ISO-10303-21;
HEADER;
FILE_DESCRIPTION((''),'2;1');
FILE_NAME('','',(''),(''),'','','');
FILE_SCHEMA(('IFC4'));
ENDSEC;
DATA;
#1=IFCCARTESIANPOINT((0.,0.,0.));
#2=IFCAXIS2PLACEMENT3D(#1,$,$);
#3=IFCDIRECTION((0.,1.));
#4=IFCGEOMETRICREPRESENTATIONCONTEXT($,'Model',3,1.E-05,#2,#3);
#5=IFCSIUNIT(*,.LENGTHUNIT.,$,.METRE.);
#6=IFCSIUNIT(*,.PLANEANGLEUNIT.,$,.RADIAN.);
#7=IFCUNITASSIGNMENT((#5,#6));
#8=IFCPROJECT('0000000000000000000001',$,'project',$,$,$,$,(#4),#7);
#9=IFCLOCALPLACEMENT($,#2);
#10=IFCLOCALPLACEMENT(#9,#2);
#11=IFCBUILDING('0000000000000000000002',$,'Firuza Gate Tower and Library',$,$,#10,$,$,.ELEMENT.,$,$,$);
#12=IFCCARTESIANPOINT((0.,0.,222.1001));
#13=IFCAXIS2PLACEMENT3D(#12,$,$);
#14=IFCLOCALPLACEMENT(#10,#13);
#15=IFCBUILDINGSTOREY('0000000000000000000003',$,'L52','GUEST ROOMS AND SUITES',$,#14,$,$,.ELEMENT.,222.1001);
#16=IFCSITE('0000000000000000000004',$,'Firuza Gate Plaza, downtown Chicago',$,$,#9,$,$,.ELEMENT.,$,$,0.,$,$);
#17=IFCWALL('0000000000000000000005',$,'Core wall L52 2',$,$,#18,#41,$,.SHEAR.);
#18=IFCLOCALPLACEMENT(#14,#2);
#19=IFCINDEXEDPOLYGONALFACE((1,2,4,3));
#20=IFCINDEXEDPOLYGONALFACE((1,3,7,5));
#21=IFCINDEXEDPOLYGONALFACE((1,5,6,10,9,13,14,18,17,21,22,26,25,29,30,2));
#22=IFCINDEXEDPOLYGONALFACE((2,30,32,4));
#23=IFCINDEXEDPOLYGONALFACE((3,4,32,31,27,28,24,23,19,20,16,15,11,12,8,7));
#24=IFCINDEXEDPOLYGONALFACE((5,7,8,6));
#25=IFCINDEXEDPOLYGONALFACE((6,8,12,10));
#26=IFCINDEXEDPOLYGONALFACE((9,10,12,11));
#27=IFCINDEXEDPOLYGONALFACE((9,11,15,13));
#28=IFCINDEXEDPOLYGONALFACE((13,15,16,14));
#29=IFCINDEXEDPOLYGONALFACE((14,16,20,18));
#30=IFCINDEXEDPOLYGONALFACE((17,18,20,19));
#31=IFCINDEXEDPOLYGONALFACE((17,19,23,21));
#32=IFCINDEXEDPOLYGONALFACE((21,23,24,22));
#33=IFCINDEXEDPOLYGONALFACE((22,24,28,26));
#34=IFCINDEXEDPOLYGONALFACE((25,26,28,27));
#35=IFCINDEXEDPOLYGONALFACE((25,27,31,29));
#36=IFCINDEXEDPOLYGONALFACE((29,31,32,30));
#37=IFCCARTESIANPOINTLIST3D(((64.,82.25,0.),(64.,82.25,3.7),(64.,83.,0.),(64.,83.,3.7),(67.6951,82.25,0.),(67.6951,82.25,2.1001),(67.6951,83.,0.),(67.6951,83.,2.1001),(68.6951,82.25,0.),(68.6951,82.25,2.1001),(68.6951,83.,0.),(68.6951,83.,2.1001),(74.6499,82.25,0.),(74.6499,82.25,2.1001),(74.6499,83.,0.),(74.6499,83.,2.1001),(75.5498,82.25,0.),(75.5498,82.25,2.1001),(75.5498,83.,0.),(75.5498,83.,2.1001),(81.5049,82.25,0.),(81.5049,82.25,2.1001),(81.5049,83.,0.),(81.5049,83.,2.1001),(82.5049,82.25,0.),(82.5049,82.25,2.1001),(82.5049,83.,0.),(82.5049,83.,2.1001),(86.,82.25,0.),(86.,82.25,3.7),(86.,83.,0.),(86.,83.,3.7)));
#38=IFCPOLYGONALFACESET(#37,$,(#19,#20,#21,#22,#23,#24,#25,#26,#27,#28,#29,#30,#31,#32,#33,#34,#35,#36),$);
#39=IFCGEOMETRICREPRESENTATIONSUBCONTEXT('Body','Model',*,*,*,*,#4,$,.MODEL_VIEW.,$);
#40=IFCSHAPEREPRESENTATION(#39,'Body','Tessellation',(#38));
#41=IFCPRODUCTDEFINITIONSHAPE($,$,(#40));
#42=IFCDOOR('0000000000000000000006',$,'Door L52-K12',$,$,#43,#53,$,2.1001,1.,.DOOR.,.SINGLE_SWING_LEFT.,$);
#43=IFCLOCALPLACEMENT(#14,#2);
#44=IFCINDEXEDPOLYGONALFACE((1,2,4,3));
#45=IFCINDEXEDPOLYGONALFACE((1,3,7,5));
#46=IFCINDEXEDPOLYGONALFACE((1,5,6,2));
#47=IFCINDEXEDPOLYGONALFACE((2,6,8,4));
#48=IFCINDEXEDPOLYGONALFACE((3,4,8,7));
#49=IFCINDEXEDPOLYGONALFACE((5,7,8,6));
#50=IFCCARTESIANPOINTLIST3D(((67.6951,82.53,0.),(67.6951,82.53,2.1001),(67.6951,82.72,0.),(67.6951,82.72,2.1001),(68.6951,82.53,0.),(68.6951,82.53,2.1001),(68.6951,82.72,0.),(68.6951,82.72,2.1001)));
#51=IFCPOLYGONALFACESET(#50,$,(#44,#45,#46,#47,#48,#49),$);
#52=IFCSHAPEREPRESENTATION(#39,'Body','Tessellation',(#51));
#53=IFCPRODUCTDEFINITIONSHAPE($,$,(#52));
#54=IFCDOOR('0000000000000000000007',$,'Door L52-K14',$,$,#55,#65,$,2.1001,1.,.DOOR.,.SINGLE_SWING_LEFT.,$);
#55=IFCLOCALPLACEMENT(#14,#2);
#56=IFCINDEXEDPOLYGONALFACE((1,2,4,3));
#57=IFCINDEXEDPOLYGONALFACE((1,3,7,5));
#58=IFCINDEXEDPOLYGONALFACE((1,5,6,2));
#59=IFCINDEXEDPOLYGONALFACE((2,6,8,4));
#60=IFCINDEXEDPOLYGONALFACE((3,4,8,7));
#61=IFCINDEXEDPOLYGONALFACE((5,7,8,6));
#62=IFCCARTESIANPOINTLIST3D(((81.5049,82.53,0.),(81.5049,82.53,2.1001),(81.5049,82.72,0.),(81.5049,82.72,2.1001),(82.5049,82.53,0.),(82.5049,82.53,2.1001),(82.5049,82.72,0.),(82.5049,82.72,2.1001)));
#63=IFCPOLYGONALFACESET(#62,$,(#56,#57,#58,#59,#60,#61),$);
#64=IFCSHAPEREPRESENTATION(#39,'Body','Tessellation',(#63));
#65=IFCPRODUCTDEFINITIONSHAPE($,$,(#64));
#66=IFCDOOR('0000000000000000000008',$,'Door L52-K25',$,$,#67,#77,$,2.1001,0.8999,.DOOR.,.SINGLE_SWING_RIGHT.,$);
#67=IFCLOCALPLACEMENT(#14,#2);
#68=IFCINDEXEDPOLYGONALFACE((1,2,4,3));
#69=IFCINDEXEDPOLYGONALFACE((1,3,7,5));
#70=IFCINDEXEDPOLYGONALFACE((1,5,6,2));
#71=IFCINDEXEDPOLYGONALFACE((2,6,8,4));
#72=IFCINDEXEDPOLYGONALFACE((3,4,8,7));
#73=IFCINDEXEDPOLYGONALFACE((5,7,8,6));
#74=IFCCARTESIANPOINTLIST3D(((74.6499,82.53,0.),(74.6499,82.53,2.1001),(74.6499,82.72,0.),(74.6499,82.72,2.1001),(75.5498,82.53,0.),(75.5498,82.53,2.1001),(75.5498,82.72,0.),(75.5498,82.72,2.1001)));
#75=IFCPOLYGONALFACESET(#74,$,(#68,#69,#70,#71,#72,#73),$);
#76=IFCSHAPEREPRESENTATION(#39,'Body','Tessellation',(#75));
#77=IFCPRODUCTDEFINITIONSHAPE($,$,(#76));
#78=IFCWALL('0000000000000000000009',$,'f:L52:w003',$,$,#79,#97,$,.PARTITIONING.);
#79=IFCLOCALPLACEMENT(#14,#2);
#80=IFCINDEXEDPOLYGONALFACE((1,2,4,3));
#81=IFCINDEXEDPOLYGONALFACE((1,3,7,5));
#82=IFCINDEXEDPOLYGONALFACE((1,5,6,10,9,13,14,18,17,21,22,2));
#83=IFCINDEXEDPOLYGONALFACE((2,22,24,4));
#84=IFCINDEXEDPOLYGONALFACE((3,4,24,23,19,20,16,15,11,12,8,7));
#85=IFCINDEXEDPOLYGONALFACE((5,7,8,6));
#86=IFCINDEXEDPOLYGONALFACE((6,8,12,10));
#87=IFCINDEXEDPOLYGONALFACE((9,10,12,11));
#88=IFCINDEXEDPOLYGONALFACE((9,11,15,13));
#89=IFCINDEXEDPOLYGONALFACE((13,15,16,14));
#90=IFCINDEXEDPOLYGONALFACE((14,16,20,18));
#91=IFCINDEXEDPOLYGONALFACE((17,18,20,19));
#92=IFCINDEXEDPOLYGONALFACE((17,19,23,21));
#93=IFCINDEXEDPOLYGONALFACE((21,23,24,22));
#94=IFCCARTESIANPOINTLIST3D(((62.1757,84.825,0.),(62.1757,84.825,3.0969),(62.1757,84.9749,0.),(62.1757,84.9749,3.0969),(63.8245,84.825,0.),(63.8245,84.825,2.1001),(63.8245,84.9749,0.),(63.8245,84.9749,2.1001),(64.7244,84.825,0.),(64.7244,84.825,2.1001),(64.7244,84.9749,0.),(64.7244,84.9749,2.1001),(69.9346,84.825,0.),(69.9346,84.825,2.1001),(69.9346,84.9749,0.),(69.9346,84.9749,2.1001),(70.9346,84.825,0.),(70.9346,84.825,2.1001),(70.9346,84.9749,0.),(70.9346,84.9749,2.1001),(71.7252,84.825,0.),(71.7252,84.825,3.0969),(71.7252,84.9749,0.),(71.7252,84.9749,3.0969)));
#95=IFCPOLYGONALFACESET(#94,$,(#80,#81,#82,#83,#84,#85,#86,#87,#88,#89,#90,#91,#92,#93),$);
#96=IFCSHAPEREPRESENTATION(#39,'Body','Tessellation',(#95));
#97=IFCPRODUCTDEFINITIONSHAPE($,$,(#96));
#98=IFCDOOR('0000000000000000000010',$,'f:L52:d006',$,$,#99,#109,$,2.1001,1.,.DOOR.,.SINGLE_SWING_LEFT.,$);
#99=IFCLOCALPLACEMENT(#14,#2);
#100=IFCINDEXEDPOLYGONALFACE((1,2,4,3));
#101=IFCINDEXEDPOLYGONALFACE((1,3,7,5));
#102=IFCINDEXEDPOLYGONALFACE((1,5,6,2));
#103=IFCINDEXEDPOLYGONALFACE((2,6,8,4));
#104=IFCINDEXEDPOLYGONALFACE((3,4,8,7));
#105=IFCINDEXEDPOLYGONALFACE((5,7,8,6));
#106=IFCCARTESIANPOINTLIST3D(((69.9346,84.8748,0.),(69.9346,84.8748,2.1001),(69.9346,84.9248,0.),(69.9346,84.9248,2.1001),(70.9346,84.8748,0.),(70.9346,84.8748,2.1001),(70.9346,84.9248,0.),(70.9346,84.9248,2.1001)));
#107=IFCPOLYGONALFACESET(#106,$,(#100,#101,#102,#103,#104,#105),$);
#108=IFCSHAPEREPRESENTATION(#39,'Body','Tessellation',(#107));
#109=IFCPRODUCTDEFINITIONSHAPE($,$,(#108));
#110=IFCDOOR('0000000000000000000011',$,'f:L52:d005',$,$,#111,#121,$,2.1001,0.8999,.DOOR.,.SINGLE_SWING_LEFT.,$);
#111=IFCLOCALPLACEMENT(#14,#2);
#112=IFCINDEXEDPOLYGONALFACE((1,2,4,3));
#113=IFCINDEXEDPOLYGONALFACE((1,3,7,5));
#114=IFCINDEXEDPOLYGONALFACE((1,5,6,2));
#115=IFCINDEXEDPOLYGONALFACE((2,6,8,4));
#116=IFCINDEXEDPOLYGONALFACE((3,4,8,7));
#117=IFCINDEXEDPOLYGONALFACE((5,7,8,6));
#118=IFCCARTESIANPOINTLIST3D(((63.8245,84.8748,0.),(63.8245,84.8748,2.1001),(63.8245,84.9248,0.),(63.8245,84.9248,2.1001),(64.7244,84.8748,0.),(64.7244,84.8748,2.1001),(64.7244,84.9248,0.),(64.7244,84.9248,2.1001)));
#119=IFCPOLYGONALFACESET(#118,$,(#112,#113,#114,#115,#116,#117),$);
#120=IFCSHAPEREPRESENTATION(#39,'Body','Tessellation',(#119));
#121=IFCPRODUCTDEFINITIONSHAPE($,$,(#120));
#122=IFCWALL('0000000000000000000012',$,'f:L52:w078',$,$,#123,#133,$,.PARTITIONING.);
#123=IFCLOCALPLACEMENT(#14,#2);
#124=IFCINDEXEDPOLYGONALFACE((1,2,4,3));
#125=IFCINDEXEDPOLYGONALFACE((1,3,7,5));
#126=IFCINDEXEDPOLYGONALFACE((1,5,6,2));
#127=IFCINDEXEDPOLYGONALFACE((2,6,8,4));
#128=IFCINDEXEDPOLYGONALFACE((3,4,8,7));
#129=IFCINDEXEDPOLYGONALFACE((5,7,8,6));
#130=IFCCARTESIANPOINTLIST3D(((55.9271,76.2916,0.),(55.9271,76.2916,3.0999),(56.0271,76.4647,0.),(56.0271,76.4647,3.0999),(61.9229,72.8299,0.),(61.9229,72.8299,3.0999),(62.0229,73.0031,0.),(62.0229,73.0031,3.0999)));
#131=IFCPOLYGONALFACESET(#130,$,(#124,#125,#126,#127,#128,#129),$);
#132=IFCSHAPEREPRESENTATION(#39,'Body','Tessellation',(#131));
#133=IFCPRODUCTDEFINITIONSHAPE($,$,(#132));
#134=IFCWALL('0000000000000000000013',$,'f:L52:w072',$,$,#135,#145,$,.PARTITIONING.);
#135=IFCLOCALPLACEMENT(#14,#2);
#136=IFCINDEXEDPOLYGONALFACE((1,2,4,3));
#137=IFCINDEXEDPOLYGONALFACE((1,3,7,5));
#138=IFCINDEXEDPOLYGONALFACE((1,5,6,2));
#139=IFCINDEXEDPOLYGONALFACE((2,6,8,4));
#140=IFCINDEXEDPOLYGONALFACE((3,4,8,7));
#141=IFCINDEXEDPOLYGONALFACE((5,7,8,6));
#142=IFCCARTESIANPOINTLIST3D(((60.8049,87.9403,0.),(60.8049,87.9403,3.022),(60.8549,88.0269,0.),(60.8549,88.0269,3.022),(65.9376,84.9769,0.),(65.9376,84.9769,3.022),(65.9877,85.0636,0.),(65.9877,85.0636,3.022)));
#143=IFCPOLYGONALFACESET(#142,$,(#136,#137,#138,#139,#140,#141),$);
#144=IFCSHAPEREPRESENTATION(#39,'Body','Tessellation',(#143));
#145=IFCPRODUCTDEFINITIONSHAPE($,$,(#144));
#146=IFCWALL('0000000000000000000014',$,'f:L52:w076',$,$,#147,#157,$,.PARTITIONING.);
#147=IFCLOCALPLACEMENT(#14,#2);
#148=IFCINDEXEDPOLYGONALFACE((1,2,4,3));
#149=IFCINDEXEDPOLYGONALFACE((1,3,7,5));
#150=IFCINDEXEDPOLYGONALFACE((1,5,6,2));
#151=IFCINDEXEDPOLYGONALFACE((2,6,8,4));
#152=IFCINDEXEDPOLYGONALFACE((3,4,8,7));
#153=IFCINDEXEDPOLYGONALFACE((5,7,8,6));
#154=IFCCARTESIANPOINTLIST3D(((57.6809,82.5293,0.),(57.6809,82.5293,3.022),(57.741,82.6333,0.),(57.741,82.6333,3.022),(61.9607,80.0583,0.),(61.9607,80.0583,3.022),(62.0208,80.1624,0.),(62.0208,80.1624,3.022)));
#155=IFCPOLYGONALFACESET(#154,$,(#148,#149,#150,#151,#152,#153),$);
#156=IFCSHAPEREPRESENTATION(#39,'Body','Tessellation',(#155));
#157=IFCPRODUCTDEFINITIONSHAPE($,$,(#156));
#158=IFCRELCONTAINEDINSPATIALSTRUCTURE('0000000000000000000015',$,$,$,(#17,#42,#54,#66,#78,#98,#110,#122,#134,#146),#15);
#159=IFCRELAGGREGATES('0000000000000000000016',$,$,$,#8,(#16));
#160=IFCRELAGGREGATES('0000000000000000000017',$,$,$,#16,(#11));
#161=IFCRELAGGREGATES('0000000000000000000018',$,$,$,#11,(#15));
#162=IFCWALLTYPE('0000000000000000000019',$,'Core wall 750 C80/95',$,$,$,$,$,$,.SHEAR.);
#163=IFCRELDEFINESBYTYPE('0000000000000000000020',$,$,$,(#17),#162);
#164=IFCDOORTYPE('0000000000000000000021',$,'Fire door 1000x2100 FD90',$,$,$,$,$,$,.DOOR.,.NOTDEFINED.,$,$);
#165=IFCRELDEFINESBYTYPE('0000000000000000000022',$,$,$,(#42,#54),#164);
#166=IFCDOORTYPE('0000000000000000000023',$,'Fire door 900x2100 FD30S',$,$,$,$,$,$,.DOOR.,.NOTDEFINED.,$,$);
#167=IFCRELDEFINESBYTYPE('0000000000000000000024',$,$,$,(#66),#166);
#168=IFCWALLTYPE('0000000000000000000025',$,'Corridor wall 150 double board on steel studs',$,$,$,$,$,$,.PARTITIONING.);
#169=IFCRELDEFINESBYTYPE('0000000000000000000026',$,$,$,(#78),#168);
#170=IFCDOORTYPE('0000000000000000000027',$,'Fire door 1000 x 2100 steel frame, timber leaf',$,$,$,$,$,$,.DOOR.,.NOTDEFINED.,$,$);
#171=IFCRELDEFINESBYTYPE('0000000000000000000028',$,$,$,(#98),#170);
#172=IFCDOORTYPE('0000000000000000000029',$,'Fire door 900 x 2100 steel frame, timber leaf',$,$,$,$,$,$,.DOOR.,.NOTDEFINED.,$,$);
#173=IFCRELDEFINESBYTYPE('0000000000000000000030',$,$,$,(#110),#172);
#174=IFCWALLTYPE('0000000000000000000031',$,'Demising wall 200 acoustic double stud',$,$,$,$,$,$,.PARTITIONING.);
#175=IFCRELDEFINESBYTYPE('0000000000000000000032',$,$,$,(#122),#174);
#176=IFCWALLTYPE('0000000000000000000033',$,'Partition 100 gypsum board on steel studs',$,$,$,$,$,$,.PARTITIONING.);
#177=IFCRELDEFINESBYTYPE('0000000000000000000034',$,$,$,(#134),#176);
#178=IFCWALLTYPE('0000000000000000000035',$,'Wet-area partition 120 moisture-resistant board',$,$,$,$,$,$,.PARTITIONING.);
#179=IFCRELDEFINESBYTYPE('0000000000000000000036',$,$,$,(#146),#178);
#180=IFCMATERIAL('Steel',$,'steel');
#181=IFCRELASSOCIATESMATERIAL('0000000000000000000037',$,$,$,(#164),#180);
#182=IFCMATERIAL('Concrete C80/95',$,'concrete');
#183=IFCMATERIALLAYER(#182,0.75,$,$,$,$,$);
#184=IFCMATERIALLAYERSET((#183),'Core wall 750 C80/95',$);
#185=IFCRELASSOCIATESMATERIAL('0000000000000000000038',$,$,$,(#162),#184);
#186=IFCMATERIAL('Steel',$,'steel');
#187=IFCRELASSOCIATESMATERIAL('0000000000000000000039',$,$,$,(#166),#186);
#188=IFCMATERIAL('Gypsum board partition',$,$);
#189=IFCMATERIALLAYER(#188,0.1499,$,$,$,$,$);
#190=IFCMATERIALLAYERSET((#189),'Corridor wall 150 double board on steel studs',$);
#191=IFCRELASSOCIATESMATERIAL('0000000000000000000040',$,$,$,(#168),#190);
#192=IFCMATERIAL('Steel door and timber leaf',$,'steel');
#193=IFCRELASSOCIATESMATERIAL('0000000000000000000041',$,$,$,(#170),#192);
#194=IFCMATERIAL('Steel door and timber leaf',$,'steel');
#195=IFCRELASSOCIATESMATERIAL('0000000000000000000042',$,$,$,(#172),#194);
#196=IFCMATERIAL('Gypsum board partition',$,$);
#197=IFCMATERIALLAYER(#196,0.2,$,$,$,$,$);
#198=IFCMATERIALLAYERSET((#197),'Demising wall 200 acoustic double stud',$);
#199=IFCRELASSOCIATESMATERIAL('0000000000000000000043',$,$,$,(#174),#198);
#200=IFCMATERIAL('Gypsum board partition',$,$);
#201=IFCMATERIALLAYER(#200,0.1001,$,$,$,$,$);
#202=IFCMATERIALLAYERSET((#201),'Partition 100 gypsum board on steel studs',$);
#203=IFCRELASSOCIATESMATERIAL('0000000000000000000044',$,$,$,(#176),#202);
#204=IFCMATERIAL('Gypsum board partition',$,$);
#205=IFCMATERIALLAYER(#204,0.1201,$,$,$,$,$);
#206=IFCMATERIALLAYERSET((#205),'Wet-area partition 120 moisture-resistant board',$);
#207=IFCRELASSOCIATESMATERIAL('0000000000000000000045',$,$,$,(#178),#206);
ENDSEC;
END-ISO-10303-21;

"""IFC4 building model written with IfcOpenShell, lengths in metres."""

from ifc_helpers import new_model, si_unit, direction, frame, frame_2d, origin, place, context, subcontext, project, spatial, rectangle, extrude, material, layer, layer_set, type_object, element, fill, save


model = new_model("IFC4")

# Units and contexts
model_context = context("Model", 3, precision=1e-05, world=origin(), true_north=direction((0.0, 1.0)))
body_context = subcontext(model_context, "Body", "Model", "MODEL_VIEW")
ifc_project = project(units=[si_unit("LENGTHUNIT", "METRE"), si_unit("PLANEANGLEUNIT", "RADIAN")], contexts=[model_context])

# Site, building, storey
site_placement = place(None, origin())
site = spatial("IfcSite", under=ifc_project, at=site_placement, Name="Firuza Gate Plaza, downtown Chicago", CompositionType="ELEMENT", RefElevation=0.0)
building_placement = place(site_placement, origin())
building = spatial("IfcBuilding", under=site, at=building_placement, Name="Firuza Gate Tower and Library", CompositionType="ELEMENT")
storey_placement = place(building_placement, frame((0.0, 0.0, 222.1001)))
storey = spatial("IfcBuildingStorey", under=building, at=storey_placement, Name="L52", Description="GUEST ROOMS AND SUITES", CompositionType="ELEMENT", Elevation=222.1001)

# Shared definitions
ifc_material_1 = material(Name="Steel", Category="steel")
door_type_1 = type_object("IfcDoorType", Name="Fire door 1000x2100 FD90", OperationType="NOTDEFINED", PredefinedType="DOOR", material=ifc_material_1)

# Walls, openings, doors
ifc_material_2 = material(Name="Concrete C80/95", Category="concrete")
ifc_layer_1 = layer(ifc_material_2, 0.75)
ifc_layer_set_1 = layer_set([ifc_layer_1], Name="Core wall 750 C80/95")
wall_type_1 = type_object("IfcWallType", Name="Core wall 750 C80/95", PredefinedType="SHEAR", material=ifc_layer_set_1)
wall_1_placement = place(storey_placement, frame((64.0, 82.625, 0.0), z_axis=(0.0, 0.0, 1.0), x_axis=(1.0, 0.0, 0.0)))
wall_1 = element("IfcWall", 1, at=wall_1_placement, inside=storey, type_object=wall_type_1, Name="Core wall L52 2", PredefinedType="SHEAR", context=body_context, shape_type="SweptSolid", body=[
    extrude(rectangle(XDim=22.0, YDim=0.75, at=frame_2d((11.0, 0.0))), origin(), (0.0, 0.0, 1.0), 3.7),
])
opening_1_placement = place(wall_1_placement, frame((3.6951, 0.0, 0.0)))
opening_1 = element("IfcOpeningElement", 2, at=opening_1_placement, cuts=wall_1, PredefinedType="OPENING", context=body_context, shape_type="SweptSolid", body=[
    extrude(rectangle(XDim=1.0, YDim=2.1001, at=frame_2d((0.5, 1.05))), frame((0.0, 0.385, 0.0), z_axis=(0.0, -1.0, 0.0), x_axis=(1.0, 0.0, 0.0)), (0.0, 0.0, 1.0), 0.77),
])
opening_2_placement = place(wall_1_placement, frame((17.5049, 0.0, 0.0)))
opening_2 = element("IfcOpeningElement", 3, at=opening_2_placement, cuts=wall_1, PredefinedType="OPENING", context=body_context, shape_type="SweptSolid", body=[
    extrude(rectangle(XDim=1.0, YDim=2.1001, at=frame_2d((0.5, 1.05))), frame((0.0, 0.385, 0.0), z_axis=(0.0, -1.0, 0.0), x_axis=(1.0, 0.0, 0.0)), (0.0, 0.0, 1.0), 0.77),
])
opening_3_placement = place(wall_1_placement, frame((10.6499, 0.0, 0.0)))
opening_3 = element("IfcOpeningElement", 4, at=opening_3_placement, cuts=wall_1, PredefinedType="OPENING", context=body_context, shape_type="SweptSolid", body=[
    extrude(rectangle(XDim=0.8999, YDim=2.1001, at=frame_2d((0.45, 1.05))), frame((0.0, 0.385, 0.0), z_axis=(0.0, -1.0, 0.0), x_axis=(1.0, 0.0, 0.0)), (0.0, 0.0, 1.0), 0.77),
])
door_1_placement = place(opening_1_placement, origin())
door_1 = element("IfcDoor", 5, at=door_1_placement, inside=storey, type_object=door_type_1, Name="Door L52-K12", OperationType="SINGLE_SWING_LEFT", OverallHeight=2.1001, OverallWidth=1.0, PredefinedType="DOOR", context=body_context, shape_type="SweptSolid", body=[
    extrude(rectangle(XDim=1.0, YDim=2.1001, at=frame_2d((0.5, 1.05))), frame((0.0, 0.095, 0.0), z_axis=(0.0, -1.0, 0.0), x_axis=(1.0, 0.0, 0.0)), (0.0, 0.0, 1.0), 0.1899),
])
fill(opening_1, door_1)
door_2_placement = place(opening_2_placement, origin())
door_2 = element("IfcDoor", 6, at=door_2_placement, inside=storey, type_object=door_type_1, Name="Door L52-K14", OperationType="SINGLE_SWING_LEFT", OverallHeight=2.1001, OverallWidth=1.0, PredefinedType="DOOR", context=body_context, shape_type="SweptSolid", body=[
    extrude(rectangle(XDim=1.0, YDim=2.1001, at=frame_2d((0.5, 1.05))), frame((0.0, 0.095, 0.0), z_axis=(0.0, -1.0, 0.0), x_axis=(1.0, 0.0, 0.0)), (0.0, 0.0, 1.0), 0.1899),
])
fill(opening_2, door_2)
ifc_material_3 = material(Name="Steel", Category="steel")
door_type_2 = type_object("IfcDoorType", Name="Fire door 900x2100 FD30S", OperationType="NOTDEFINED", PredefinedType="DOOR", material=ifc_material_3)
door_3_placement = place(opening_3_placement, origin())
door_3 = element("IfcDoor", 7, at=door_3_placement, inside=storey, type_object=door_type_2, Name="Door L52-K25", OperationType="SINGLE_SWING_RIGHT", OverallHeight=2.1001, OverallWidth=0.8999, PredefinedType="DOOR", context=body_context, shape_type="SweptSolid", body=[
    extrude(rectangle(XDim=0.8999, YDim=2.1001, at=frame_2d((0.45, 1.05))), frame((0.0, 0.095, 0.0), z_axis=(0.0, -1.0, 0.0), x_axis=(1.0, 0.0, 0.0)), (0.0, 0.0, 1.0), 0.1899),
])
fill(opening_3, door_3)
ifc_material_4 = material(Name="Gypsum board partition")
ifc_layer_2 = layer(ifc_material_4, 0.1499)
ifc_layer_set_2 = layer_set([ifc_layer_2], Name="Corridor wall 150 double board on steel studs")
wall_type_2 = type_object("IfcWallType", Name="Corridor wall 150 double board on steel studs", PredefinedType="PARTITIONING", material=ifc_layer_set_2)
wall_2_placement = place(storey_placement, frame((62.1755, 84.8999, 0.0), z_axis=(0.0, 0.0, 1.0), x_axis=(1.0, 0.0, 0.0)))
wall_2 = element("IfcWall", 8, at=wall_2_placement, inside=storey, type_object=wall_type_2, Name="f:L52:w003", PredefinedType="PARTITIONING", context=body_context, shape_type="SweptSolid", body=[
    extrude(rectangle(XDim=9.5496, YDim=0.1499, at=frame_2d((4.7749, 0.0))), origin(), (0.0, 0.0, 1.0), 3.0969),
])
opening_4_placement = place(wall_2_placement, frame((1.6489, 0.0, 0.0)))
opening_4 = element("IfcOpeningElement", 9, at=opening_4_placement, cuts=wall_2, PredefinedType="OPENING", context=body_context, shape_type="SweptSolid", body=[
    extrude(rectangle(XDim=0.8999, YDim=2.1001, at=frame_2d((0.45, 1.05))), frame((0.0, 0.085, 0.0), z_axis=(0.0, -1.0, 0.0), x_axis=(1.0, 0.0, 0.0)), (0.0, 0.0, 1.0), 0.1699),
])
opening_5_placement = place(wall_2_placement, frame((7.759, 0.0, 0.0)))
opening_5 = element("IfcOpeningElement", 10, at=opening_5_placement, cuts=wall_2, PredefinedType="OPENING", context=body_context, shape_type="SweptSolid", body=[
    extrude(rectangle(XDim=1.0, YDim=2.1001, at=frame_2d((0.5, 1.05))), frame((0.0, 0.085, 0.0), z_axis=(0.0, -1.0, 0.0), x_axis=(1.0, 0.0, 0.0)), (0.0, 0.0, 1.0), 0.1699),
])
ifc_material_5 = material(Name="Steel door and timber leaf", Category="steel")
door_type_3 = type_object("IfcDoorType", Name="Fire door 1000 x 2100 steel frame, timber leaf", OperationType="NOTDEFINED", PredefinedType="DOOR", material=ifc_material_5)
door_4_placement = place(opening_5_placement, origin())
door_4 = element("IfcDoor", 11, at=door_4_placement, inside=storey, type_object=door_type_3, Name="f:L52:d006", OperationType="SINGLE_SWING_LEFT", OverallHeight=2.1001, OverallWidth=1.0, PredefinedType="DOOR", context=body_context, shape_type="SweptSolid", body=[
    extrude(rectangle(XDim=1.0, YDim=2.1001, at=frame_2d((0.5, 1.05))), frame((0.0, 0.0249, 0.0), z_axis=(0.0, -1.0, 0.0), x_axis=(1.0, 0.0, 0.0)), (0.0, 0.0, 1.0), 0.05),
])
fill(opening_5, door_4)
ifc_material_6 = material(Name="Steel door and timber leaf", Category="steel")
door_type_4 = type_object("IfcDoorType", Name="Fire door 900 x 2100 steel frame, timber leaf", OperationType="NOTDEFINED", PredefinedType="DOOR", material=ifc_material_6)
door_5_placement = place(opening_4_placement, origin())
door_5 = element("IfcDoor", 12, at=door_5_placement, inside=storey, type_object=door_type_4, Name="f:L52:d005", OperationType="SINGLE_SWING_LEFT", OverallHeight=2.1001, OverallWidth=0.8999, PredefinedType="DOOR", context=body_context, shape_type="SweptSolid", body=[
    extrude(rectangle(XDim=0.8999, YDim=2.1001, at=frame_2d((0.45, 1.05))), frame((0.0, 0.0249, 0.0), z_axis=(0.0, -1.0, 0.0), x_axis=(1.0, 0.0, 0.0)), (0.0, 0.0, 1.0), 0.05),
])
fill(opening_4, door_5)

# Walls
ifc_material_7 = material(Name="Gypsum board partition")
ifc_layer_3 = layer(ifc_material_7, 0.2)
ifc_layer_set_3 = layer_set([ifc_layer_3], Name="Demising wall 200 acoustic double stud")
wall_type_3 = type_object("IfcWallType", Name="Demising wall 200 acoustic double stud", PredefinedType="PARTITIONING", material=ifc_layer_set_3)
wall_3_placement = place(storey_placement, frame((61.9729, 72.9165, 0.0), z_axis=(0.0, 0.0, 1.0), x_axis=(-0.866028, 0.499996, 0.0)))
element("IfcWall", 13, at=wall_3_placement, inside=storey, type_object=wall_type_3, Name="f:L52:w078", PredefinedType="PARTITIONING", context=body_context, shape_type="SweptSolid", body=[
    extrude(rectangle(XDim=6.9233, YDim=0.2, at=frame_2d((3.4617, 0.0))), origin(), (0.0, 0.0, 1.0), 3.0999),
])
ifc_material_8 = material(Name="Gypsum board partition")
ifc_layer_4 = layer(ifc_material_8, 0.1001)
ifc_layer_set_4 = layer_set([ifc_layer_4], Name="Partition 100 gypsum board on steel studs")
wall_type_4 = type_object("IfcWallType", Name="Partition 100 gypsum board on steel studs", PredefinedType="PARTITIONING", material=ifc_layer_set_4)
wall_4_placement = place(storey_placement, frame((65.9626, 85.0203, 0.0), z_axis=(0.0, 0.0, 1.0), x_axis=(-0.866029, 0.499993, 0.0)))
element("IfcWall", 14, at=wall_4_placement, inside=storey, type_object=wall_type_4, Name="f:L52:w072", PredefinedType="PARTITIONING", context=body_context, shape_type="SweptSolid", body=[
    extrude(rectangle(XDim=5.9268, YDim=0.1001, at=frame_2d((2.9634, 0.0))), origin(), (0.0, 0.0, 1.0), 3.022),
])
ifc_material_9 = material(Name="Gypsum board partition")
ifc_layer_5 = layer(ifc_material_9, 0.1201)
ifc_layer_set_5 = layer_set([ifc_layer_5], Name="Wet-area partition 120 moisture-resistant board")
wall_type_5 = type_object("IfcWallType", Name="Wet-area partition 120 moisture-resistant board", PredefinedType="PARTITIONING", material=ifc_layer_set_5)
wall_5_placement = place(storey_placement, frame((61.9907, 80.1104, 0.0), z_axis=(0.0, 0.0, 1.0), x_axis=(-0.866024, 0.500002, 0.0)))
element("IfcWall", 15, at=wall_5_placement, inside=storey, type_object=wall_type_5, Name="f:L52:w076", PredefinedType="PARTITIONING", context=body_context, shape_type="SweptSolid", body=[
    extrude(rectangle(XDim=4.9419, YDim=0.1201, at=frame_2d((2.4709, 0.0))), origin(), (0.0, 0.0, 1.0), 3.022),
])

save(model, "model.ifc")
